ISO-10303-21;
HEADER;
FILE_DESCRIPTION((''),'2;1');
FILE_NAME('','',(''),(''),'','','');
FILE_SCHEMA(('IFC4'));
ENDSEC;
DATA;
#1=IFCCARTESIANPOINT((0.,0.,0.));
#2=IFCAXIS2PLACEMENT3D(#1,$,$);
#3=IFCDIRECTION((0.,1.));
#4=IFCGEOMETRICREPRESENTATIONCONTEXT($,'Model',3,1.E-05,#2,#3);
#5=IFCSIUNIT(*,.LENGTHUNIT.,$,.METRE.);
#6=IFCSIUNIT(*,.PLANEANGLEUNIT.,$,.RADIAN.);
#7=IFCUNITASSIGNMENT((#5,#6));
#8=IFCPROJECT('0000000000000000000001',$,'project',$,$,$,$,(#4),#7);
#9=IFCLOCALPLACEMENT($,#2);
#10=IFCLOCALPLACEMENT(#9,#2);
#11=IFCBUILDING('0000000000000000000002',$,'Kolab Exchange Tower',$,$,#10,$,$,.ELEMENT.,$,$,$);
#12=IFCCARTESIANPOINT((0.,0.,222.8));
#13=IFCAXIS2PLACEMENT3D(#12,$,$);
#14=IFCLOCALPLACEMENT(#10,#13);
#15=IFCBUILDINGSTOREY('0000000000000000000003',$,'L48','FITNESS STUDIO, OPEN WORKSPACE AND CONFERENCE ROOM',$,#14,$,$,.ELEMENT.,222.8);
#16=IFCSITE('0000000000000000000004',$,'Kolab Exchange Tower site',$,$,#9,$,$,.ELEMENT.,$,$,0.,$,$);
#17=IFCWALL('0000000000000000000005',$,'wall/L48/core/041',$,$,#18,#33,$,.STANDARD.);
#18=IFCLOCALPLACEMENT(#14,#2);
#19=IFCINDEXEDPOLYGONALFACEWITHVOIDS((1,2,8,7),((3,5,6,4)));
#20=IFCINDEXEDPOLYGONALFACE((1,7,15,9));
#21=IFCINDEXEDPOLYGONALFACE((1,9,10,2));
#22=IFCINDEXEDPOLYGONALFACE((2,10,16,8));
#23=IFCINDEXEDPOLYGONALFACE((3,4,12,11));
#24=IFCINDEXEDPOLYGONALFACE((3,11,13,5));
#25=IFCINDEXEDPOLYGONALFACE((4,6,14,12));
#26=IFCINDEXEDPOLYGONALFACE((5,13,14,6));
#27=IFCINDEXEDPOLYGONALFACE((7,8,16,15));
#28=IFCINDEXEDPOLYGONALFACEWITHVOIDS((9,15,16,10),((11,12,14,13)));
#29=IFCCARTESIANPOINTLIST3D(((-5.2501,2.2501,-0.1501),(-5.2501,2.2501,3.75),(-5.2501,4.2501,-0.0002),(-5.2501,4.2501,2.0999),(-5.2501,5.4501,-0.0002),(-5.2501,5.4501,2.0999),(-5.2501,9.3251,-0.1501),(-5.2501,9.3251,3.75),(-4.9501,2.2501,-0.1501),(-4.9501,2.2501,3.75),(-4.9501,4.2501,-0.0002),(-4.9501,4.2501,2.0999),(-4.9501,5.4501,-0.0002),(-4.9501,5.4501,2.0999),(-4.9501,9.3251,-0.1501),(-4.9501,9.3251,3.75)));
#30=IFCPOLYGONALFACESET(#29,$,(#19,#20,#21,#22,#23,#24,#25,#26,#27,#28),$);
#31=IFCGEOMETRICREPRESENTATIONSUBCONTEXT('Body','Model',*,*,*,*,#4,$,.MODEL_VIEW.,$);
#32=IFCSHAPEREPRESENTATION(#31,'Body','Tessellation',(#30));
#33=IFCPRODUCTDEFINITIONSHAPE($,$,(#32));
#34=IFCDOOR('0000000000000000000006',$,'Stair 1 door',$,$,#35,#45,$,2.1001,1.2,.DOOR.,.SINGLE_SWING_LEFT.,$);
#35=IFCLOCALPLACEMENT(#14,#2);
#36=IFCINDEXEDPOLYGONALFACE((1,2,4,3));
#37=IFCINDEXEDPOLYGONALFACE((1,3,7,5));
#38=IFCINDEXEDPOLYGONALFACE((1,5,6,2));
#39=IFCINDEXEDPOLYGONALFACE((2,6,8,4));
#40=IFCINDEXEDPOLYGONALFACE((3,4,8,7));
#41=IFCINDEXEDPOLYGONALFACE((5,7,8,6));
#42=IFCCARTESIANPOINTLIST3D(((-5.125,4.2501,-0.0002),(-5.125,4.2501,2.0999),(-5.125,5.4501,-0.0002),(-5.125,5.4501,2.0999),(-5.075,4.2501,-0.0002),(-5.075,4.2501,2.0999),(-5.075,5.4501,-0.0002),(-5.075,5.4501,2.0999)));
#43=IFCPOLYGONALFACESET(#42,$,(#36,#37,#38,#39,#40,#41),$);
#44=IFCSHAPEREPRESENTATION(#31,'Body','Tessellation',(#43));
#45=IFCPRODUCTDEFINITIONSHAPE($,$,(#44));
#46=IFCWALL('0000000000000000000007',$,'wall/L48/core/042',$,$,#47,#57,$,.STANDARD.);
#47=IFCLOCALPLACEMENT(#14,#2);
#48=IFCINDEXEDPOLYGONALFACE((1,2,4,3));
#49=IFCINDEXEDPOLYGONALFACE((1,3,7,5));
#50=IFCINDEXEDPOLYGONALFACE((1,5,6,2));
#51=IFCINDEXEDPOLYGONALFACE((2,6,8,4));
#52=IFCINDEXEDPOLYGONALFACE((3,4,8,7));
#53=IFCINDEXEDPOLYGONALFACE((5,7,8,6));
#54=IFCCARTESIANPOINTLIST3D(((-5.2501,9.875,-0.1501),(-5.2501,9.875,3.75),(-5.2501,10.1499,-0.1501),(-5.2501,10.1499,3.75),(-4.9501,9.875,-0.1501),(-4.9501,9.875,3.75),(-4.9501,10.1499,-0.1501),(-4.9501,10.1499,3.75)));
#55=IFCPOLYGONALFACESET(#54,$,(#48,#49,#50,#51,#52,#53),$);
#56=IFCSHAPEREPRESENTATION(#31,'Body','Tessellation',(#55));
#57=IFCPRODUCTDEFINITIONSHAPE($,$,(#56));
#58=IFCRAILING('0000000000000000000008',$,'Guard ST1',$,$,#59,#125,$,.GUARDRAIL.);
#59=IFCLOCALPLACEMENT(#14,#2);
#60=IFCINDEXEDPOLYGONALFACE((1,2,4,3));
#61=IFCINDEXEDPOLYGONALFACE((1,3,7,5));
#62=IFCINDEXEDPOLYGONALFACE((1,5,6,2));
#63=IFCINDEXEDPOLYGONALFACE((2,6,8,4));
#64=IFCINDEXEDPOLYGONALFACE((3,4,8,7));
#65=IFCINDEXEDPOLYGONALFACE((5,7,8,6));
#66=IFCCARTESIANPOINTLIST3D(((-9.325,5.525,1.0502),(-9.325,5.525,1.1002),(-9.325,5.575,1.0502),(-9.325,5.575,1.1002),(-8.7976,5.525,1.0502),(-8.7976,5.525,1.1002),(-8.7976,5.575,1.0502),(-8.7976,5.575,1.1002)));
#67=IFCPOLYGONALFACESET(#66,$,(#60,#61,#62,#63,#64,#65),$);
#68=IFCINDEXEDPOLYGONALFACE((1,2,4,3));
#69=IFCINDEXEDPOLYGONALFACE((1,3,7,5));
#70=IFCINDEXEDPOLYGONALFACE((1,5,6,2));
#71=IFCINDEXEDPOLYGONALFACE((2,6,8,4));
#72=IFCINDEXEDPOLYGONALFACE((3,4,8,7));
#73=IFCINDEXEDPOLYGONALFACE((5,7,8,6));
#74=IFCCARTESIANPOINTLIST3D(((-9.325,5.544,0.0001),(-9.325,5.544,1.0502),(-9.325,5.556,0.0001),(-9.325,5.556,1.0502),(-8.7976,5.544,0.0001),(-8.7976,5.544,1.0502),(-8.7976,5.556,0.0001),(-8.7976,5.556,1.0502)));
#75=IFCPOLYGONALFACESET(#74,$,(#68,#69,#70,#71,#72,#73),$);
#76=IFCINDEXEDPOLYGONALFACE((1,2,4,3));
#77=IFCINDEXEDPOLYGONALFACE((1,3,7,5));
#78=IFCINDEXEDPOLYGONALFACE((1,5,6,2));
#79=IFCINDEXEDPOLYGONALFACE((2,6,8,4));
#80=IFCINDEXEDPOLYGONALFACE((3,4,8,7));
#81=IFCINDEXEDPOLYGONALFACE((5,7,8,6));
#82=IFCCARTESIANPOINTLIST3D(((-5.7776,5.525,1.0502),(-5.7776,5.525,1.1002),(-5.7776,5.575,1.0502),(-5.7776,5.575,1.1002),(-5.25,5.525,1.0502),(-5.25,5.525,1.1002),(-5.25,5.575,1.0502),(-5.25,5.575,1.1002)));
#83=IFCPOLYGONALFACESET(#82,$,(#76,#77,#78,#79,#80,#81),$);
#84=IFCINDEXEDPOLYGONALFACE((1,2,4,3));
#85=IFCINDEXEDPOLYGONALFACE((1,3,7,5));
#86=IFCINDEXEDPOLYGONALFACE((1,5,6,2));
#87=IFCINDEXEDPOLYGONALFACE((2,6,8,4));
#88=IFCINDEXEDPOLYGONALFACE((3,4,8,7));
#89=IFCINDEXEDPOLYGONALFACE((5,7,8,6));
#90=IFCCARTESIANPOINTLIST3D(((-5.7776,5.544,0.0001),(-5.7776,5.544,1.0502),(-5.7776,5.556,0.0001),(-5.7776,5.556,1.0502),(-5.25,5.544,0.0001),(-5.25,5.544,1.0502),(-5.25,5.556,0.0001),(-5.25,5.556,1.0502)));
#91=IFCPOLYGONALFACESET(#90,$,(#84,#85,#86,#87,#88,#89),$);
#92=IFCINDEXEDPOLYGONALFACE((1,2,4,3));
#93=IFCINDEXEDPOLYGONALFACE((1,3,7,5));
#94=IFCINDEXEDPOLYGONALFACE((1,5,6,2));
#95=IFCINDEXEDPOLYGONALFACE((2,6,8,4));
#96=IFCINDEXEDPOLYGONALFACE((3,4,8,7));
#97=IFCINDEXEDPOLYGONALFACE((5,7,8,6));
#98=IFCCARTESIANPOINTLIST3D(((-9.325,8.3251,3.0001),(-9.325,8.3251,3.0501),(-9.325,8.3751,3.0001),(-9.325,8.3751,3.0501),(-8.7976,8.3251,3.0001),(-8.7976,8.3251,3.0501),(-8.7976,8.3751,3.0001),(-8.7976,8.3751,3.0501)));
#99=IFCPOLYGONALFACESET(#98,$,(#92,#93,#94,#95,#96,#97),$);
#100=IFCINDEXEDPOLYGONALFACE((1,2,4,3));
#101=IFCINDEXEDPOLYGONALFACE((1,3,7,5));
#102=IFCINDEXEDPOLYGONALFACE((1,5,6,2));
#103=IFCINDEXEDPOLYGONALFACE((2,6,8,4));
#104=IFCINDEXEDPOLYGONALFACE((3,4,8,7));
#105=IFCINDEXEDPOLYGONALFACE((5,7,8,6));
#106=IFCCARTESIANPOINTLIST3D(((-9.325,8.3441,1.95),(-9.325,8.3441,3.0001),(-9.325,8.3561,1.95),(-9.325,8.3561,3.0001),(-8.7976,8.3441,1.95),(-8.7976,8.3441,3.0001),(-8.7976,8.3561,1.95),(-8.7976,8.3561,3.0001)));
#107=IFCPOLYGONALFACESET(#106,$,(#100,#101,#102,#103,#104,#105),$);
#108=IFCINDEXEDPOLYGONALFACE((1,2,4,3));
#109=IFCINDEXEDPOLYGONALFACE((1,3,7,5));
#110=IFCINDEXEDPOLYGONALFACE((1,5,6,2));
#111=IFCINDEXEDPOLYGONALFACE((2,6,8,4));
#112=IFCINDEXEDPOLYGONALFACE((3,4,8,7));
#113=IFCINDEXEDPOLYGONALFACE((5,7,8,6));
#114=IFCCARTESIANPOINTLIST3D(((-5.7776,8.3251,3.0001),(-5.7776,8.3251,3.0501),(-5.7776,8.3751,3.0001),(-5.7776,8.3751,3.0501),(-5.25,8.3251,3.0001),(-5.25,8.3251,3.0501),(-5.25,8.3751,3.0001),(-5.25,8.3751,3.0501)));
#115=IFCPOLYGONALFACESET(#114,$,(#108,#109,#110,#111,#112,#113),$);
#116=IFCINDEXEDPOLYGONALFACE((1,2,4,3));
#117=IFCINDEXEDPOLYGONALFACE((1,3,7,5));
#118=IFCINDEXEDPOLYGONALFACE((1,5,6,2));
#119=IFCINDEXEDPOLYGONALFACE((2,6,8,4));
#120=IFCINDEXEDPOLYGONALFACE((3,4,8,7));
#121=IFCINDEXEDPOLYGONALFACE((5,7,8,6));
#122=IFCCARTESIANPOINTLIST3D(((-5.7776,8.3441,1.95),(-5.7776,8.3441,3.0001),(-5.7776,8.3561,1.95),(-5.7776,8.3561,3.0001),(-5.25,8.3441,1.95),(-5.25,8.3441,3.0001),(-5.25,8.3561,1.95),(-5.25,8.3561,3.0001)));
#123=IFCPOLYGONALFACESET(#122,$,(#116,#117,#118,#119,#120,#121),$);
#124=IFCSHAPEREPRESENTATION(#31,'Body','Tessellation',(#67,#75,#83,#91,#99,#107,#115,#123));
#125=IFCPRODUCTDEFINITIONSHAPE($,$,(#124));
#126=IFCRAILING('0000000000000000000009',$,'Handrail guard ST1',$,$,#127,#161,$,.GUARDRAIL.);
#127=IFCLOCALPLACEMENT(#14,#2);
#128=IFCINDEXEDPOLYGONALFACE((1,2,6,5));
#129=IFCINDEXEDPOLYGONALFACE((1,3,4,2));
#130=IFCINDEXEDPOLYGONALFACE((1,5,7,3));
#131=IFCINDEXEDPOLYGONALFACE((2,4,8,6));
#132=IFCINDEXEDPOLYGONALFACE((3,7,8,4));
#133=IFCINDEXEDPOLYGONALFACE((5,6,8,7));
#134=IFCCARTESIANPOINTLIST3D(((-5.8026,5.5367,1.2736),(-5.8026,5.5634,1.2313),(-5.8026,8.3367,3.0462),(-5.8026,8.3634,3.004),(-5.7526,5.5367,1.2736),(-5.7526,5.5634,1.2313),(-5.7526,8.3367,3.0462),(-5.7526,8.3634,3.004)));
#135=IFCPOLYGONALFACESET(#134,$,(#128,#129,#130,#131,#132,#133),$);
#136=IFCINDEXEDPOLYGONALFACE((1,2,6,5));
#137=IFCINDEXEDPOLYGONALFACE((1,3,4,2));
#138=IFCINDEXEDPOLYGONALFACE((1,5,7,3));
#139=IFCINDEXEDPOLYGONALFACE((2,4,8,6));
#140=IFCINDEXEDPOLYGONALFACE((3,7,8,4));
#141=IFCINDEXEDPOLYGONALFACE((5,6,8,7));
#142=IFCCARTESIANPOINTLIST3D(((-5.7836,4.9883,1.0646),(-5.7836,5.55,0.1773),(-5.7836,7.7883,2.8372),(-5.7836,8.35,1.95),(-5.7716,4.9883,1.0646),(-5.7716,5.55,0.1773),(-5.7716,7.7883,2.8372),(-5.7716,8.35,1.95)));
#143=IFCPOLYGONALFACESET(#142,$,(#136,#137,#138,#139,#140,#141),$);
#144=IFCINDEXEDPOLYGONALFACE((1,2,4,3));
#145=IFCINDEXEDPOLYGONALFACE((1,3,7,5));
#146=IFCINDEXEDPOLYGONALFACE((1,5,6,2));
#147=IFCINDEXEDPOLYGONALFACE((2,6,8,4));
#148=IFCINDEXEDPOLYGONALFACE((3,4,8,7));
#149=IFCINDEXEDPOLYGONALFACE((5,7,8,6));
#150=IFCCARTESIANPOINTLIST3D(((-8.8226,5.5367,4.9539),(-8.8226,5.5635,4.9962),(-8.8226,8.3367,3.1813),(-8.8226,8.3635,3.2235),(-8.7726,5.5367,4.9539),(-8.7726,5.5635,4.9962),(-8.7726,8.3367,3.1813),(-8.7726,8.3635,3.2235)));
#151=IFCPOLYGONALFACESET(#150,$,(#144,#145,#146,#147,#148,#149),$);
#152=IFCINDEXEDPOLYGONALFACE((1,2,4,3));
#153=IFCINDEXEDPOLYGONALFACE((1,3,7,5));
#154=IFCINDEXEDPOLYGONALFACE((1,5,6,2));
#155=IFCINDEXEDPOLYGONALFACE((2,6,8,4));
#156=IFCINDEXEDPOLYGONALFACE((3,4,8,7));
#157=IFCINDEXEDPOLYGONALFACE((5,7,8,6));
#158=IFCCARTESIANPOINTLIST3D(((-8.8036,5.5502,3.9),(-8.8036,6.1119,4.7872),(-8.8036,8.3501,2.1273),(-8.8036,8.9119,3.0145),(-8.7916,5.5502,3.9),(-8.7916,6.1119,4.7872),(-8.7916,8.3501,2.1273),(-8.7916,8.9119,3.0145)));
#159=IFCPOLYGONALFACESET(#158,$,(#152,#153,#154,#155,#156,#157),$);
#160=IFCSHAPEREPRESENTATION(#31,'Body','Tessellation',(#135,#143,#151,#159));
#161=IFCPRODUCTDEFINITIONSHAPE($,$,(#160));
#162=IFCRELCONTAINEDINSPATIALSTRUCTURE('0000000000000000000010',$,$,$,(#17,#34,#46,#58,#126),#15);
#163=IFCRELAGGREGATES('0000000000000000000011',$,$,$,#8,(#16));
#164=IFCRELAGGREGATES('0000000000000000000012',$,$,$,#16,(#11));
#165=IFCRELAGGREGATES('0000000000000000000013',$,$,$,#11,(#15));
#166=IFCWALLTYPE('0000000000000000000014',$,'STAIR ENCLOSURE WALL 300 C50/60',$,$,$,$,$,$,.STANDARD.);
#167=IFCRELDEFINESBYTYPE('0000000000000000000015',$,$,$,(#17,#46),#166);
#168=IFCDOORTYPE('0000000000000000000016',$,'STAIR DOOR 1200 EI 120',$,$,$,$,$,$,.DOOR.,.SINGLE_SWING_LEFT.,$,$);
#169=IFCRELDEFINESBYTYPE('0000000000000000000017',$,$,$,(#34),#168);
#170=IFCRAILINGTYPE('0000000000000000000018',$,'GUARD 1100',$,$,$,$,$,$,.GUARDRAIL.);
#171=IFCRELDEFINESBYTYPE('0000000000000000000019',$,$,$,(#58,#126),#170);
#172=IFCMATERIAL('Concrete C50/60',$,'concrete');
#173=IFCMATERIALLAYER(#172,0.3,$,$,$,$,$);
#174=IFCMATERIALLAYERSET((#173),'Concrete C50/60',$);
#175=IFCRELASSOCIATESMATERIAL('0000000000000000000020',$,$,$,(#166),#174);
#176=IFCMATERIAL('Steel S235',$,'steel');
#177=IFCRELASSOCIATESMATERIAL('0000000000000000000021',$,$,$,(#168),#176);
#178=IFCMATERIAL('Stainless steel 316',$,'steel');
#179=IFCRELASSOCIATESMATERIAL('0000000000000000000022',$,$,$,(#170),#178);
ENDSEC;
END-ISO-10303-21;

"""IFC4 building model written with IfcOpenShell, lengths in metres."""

from ifc_helpers import new_model, si_unit, direction, frame, frame_2d, origin, origin_2d, place, context, subcontext, project, spatial, rectangle, extrude, material, layer, layer_set, type_object, element, fill, save


model = new_model("IFC4")

# Units and contexts
model_context = context("Model", 3, precision=1e-05, world=origin(), true_north=direction((0.0, 1.0)))
body_context = subcontext(model_context, "Body", "Model", "MODEL_VIEW")
ifc_project = project(units=[si_unit("LENGTHUNIT", "METRE"), si_unit("PLANEANGLEUNIT", "RADIAN")], contexts=[model_context])

# Site, building, storey
site_placement = place(None, origin())
site = spatial("IfcSite", under=ifc_project, at=site_placement, Name="Kolab Exchange Tower site", CompositionType="ELEMENT", RefElevation=0.0)
building_placement = place(site_placement, origin())
building = spatial("IfcBuilding", under=site, at=building_placement, Name="Kolab Exchange Tower", CompositionType="ELEMENT")
storey_placement = place(building_placement, frame((0.0, 0.0, 222.8)))
storey = spatial("IfcBuildingStorey", under=building, at=storey_placement, Name="L48", Description="FITNESS STUDIO, OPEN WORKSPACE AND CONFERENCE ROOM", CompositionType="ELEMENT", Elevation=222.8)

# Shared definitions
ifc_material_1 = material(Name="Concrete C50/60", Category="concrete")
ifc_material_2 = material(Name="Steel S235", Category="steel")

# Shared definitions
ifc_material_3 = material(Name="Stainless steel 316", Category="steel")

# Shared definitions
ifc_layer_1 = layer(ifc_material_1, 0.3)
ifc_layer_set_1 = layer_set([ifc_layer_1], Name="Concrete C50/60")
wall_type_1 = type_object("IfcWallType", Name="STAIR ENCLOSURE WALL 300 C50/60", PredefinedType="STANDARD", material=ifc_layer_set_1)

# Shared definitions
door_type_1 = type_object("IfcDoorType", Name="STAIR DOOR 1200 EI 120", OperationType="SINGLE_SWING_LEFT", PredefinedType="DOOR", material=ifc_material_2)

# Wall, opening, door
wall_1_placement = place(storey_placement, frame((-5.1001, 2.25, -0.1501), z_axis=(0.0, 0.0, 1.0), x_axis=(0.0, 1.0, 0.0)))
wall_1 = element("IfcWall", 1, at=wall_1_placement, inside=storey, type_object=wall_type_1, Name="wall/L48/core/041", PredefinedType="STANDARD", context=body_context, shape_type="SweptSolid", body=[
    extrude(rectangle(XDim=7.075, YDim=0.3, at=frame_2d((3.5376, 0.0))), origin(), (0.0, 0.0, 1.0), 3.9001),
])
opening_1_placement = place(wall_1_placement, frame((2.0, 0.0, 0.1499)))
opening_1 = element("IfcOpeningElement", 2, at=opening_1_placement, cuts=wall_1, PredefinedType="OPENING", context=body_context, shape_type="SweptSolid", body=[
    extrude(rectangle(XDim=1.2, YDim=2.1001, at=frame_2d((0.6001, 1.05))), frame((0.0, 0.1602, 0.0), z_axis=(0.0, -1.0, 0.0), x_axis=(1.0, 0.0, 0.0)), (0.0, 0.0, 1.0), 0.3201),
])
door_1_placement = place(opening_1_placement, origin())
door_1 = element("IfcDoor", 3, at=door_1_placement, inside=storey, type_object=door_type_1, Name="Stair 1 door", OperationType="SINGLE_SWING_LEFT", OverallHeight=2.1001, OverallWidth=1.2, PredefinedType="DOOR", context=body_context, shape_type="SweptSolid", body=[
    extrude(rectangle(XDim=1.2, YDim=2.1001, at=frame_2d((0.6001, 1.05))), frame((0.0, 0.0249, 0.0), z_axis=(0.0, -1.0, 0.0), x_axis=(1.0, 0.0, 0.0)), (0.0, 0.0, 1.0), 0.05),
])
fill(opening_1, door_1)

# Wall
wall_2_placement = place(storey_placement, frame((-5.1001, 9.875, -0.1501), z_axis=(0.0, 0.0, 1.0), x_axis=(0.0, 1.0, 0.0)))
element("IfcWall", 4, at=wall_2_placement, inside=storey, type_object=wall_type_1, Name="wall/L48/core/042", PredefinedType="STANDARD", context=body_context, shape_type="SweptSolid", body=[
    extrude(rectangle(XDim=0.2749, YDim=0.3, at=frame_2d((0.1375, 0.0))), origin(), (0.0, 0.0, 1.0), 3.9001),
])

# Railings
railing_type = type_object("IfcRailingType", Name="GUARD 1100", PredefinedType="GUARDRAIL", material=ifc_material_3)
railing_1_placement = place(storey_placement, frame((-9.325, 5.55, 0.0)))
element("IfcRailing", 5, at=railing_1_placement, inside=storey, type_object=railing_type, Name="Guard ST1", PredefinedType="GUARDRAIL", context=body_context, shape_type="SweptSolid", body=[
    extrude(rectangle(XDim=0.05, YDim=0.05, at=origin_2d()), frame((0.0, 0.0, 1.0752), z_axis=(1.0, 0.0, 0.0), x_axis=(0.0, 1.0, 0.0)), (0.0, 0.0, 1.0), 0.5273),
    extrude(rectangle(XDim=0.012, YDim=1.0501, at=frame_2d((0.0, 0.5251))), frame((0.0, 0.0, 0.0), z_axis=(1.0, 0.0, 0.0), x_axis=(0.0, 1.0, 0.0)), (0.0, 0.0, 1.0), 0.5273),
    extrude(rectangle(XDim=0.05, YDim=0.05, at=origin_2d()), frame((3.5474, 0.0, 1.0752), z_axis=(1.0, 0.0, 0.0), x_axis=(0.0, 1.0, 0.0)), (0.0, 0.0, 1.0), 0.5276),
    extrude(rectangle(XDim=0.012, YDim=1.0501, at=frame_2d((0.0, 0.5251))), frame((3.5474, 0.0, 0.0), z_axis=(1.0, 0.0, 0.0), x_axis=(0.0, 1.0, 0.0)), (0.0, 0.0, 1.0), 0.5276),
    extrude(rectangle(XDim=0.05, YDim=0.05, at=origin_2d()), frame((0.0, 2.8, 3.0251), z_axis=(1.0, 0.0, 0.0), x_axis=(0.0, 1.0, 0.0)), (0.0, 0.0, 1.0), 0.5273),
    extrude(rectangle(XDim=0.012, YDim=1.0501, at=frame_2d((0.0, 0.5251))), frame((0.0, 2.8, 1.95), z_axis=(1.0, 0.0, 0.0), x_axis=(0.0, 1.0, 0.0)), (0.0, 0.0, 1.0), 0.5273),
    extrude(rectangle(XDim=0.05, YDim=0.05, at=origin_2d()), frame((3.5474, 2.8, 3.0251), z_axis=(1.0, 0.0, 0.0), x_axis=(0.0, 1.0, 0.0)), (0.0, 0.0, 1.0), 0.5276),
    extrude(rectangle(XDim=0.012, YDim=1.0501, at=frame_2d((0.0, 0.5251))), frame((3.5474, 2.8, 1.95), z_axis=(1.0, 0.0, 0.0), x_axis=(0.0, 1.0, 0.0)), (0.0, 0.0, 1.0), 0.5276),
])
railing_2_placement = place(storey_placement, frame((-5.7776, 5.55, 0.1772)))
element("IfcRailing", 6, at=railing_2_placement, inside=storey, type_object=railing_type, Name="Handrail guard ST1", PredefinedType="GUARDRAIL", context=body_context, shape_type="SweptSolid", body=[
    extrude(rectangle(XDim=0.05, YDim=0.05, at=origin_2d()), frame((0.0, 0.0, 1.0752), z_axis=(0.0, 0.844909, 0.53491), x_axis=(-1.0, 0.0, 0.0)), (0.0, 0.0, 1.0), 3.314),
    extrude(rectangle(XDim=0.012, YDim=1.0501, at=frame_2d((0.0, 0.5251))), frame((0.0, 0.0, 0.0), z_axis=(0.0, 0.844909, 0.53491), x_axis=(-1.0, 0.0, 0.0)), (0.0, 0.0, 1.0), 3.314),
    extrude(rectangle(XDim=0.05, YDim=0.05, at=origin_2d()), frame((-3.02, 2.8, 3.0251), z_axis=(0.0, -0.844909, 0.53491), x_axis=(1.0, 0.0, 0.0)), (0.0, 0.0, 1.0), 3.314),
    extrude(rectangle(XDim=0.012, YDim=1.0501, at=frame_2d((0.0, 0.5251))), frame((-3.02, 2.8, 1.95), z_axis=(0.0, -0.844909, 0.53491), x_axis=(1.0, 0.0, 0.0)), (0.0, 0.0, 1.0), 3.314),
])

save(model, "model.ifc")
